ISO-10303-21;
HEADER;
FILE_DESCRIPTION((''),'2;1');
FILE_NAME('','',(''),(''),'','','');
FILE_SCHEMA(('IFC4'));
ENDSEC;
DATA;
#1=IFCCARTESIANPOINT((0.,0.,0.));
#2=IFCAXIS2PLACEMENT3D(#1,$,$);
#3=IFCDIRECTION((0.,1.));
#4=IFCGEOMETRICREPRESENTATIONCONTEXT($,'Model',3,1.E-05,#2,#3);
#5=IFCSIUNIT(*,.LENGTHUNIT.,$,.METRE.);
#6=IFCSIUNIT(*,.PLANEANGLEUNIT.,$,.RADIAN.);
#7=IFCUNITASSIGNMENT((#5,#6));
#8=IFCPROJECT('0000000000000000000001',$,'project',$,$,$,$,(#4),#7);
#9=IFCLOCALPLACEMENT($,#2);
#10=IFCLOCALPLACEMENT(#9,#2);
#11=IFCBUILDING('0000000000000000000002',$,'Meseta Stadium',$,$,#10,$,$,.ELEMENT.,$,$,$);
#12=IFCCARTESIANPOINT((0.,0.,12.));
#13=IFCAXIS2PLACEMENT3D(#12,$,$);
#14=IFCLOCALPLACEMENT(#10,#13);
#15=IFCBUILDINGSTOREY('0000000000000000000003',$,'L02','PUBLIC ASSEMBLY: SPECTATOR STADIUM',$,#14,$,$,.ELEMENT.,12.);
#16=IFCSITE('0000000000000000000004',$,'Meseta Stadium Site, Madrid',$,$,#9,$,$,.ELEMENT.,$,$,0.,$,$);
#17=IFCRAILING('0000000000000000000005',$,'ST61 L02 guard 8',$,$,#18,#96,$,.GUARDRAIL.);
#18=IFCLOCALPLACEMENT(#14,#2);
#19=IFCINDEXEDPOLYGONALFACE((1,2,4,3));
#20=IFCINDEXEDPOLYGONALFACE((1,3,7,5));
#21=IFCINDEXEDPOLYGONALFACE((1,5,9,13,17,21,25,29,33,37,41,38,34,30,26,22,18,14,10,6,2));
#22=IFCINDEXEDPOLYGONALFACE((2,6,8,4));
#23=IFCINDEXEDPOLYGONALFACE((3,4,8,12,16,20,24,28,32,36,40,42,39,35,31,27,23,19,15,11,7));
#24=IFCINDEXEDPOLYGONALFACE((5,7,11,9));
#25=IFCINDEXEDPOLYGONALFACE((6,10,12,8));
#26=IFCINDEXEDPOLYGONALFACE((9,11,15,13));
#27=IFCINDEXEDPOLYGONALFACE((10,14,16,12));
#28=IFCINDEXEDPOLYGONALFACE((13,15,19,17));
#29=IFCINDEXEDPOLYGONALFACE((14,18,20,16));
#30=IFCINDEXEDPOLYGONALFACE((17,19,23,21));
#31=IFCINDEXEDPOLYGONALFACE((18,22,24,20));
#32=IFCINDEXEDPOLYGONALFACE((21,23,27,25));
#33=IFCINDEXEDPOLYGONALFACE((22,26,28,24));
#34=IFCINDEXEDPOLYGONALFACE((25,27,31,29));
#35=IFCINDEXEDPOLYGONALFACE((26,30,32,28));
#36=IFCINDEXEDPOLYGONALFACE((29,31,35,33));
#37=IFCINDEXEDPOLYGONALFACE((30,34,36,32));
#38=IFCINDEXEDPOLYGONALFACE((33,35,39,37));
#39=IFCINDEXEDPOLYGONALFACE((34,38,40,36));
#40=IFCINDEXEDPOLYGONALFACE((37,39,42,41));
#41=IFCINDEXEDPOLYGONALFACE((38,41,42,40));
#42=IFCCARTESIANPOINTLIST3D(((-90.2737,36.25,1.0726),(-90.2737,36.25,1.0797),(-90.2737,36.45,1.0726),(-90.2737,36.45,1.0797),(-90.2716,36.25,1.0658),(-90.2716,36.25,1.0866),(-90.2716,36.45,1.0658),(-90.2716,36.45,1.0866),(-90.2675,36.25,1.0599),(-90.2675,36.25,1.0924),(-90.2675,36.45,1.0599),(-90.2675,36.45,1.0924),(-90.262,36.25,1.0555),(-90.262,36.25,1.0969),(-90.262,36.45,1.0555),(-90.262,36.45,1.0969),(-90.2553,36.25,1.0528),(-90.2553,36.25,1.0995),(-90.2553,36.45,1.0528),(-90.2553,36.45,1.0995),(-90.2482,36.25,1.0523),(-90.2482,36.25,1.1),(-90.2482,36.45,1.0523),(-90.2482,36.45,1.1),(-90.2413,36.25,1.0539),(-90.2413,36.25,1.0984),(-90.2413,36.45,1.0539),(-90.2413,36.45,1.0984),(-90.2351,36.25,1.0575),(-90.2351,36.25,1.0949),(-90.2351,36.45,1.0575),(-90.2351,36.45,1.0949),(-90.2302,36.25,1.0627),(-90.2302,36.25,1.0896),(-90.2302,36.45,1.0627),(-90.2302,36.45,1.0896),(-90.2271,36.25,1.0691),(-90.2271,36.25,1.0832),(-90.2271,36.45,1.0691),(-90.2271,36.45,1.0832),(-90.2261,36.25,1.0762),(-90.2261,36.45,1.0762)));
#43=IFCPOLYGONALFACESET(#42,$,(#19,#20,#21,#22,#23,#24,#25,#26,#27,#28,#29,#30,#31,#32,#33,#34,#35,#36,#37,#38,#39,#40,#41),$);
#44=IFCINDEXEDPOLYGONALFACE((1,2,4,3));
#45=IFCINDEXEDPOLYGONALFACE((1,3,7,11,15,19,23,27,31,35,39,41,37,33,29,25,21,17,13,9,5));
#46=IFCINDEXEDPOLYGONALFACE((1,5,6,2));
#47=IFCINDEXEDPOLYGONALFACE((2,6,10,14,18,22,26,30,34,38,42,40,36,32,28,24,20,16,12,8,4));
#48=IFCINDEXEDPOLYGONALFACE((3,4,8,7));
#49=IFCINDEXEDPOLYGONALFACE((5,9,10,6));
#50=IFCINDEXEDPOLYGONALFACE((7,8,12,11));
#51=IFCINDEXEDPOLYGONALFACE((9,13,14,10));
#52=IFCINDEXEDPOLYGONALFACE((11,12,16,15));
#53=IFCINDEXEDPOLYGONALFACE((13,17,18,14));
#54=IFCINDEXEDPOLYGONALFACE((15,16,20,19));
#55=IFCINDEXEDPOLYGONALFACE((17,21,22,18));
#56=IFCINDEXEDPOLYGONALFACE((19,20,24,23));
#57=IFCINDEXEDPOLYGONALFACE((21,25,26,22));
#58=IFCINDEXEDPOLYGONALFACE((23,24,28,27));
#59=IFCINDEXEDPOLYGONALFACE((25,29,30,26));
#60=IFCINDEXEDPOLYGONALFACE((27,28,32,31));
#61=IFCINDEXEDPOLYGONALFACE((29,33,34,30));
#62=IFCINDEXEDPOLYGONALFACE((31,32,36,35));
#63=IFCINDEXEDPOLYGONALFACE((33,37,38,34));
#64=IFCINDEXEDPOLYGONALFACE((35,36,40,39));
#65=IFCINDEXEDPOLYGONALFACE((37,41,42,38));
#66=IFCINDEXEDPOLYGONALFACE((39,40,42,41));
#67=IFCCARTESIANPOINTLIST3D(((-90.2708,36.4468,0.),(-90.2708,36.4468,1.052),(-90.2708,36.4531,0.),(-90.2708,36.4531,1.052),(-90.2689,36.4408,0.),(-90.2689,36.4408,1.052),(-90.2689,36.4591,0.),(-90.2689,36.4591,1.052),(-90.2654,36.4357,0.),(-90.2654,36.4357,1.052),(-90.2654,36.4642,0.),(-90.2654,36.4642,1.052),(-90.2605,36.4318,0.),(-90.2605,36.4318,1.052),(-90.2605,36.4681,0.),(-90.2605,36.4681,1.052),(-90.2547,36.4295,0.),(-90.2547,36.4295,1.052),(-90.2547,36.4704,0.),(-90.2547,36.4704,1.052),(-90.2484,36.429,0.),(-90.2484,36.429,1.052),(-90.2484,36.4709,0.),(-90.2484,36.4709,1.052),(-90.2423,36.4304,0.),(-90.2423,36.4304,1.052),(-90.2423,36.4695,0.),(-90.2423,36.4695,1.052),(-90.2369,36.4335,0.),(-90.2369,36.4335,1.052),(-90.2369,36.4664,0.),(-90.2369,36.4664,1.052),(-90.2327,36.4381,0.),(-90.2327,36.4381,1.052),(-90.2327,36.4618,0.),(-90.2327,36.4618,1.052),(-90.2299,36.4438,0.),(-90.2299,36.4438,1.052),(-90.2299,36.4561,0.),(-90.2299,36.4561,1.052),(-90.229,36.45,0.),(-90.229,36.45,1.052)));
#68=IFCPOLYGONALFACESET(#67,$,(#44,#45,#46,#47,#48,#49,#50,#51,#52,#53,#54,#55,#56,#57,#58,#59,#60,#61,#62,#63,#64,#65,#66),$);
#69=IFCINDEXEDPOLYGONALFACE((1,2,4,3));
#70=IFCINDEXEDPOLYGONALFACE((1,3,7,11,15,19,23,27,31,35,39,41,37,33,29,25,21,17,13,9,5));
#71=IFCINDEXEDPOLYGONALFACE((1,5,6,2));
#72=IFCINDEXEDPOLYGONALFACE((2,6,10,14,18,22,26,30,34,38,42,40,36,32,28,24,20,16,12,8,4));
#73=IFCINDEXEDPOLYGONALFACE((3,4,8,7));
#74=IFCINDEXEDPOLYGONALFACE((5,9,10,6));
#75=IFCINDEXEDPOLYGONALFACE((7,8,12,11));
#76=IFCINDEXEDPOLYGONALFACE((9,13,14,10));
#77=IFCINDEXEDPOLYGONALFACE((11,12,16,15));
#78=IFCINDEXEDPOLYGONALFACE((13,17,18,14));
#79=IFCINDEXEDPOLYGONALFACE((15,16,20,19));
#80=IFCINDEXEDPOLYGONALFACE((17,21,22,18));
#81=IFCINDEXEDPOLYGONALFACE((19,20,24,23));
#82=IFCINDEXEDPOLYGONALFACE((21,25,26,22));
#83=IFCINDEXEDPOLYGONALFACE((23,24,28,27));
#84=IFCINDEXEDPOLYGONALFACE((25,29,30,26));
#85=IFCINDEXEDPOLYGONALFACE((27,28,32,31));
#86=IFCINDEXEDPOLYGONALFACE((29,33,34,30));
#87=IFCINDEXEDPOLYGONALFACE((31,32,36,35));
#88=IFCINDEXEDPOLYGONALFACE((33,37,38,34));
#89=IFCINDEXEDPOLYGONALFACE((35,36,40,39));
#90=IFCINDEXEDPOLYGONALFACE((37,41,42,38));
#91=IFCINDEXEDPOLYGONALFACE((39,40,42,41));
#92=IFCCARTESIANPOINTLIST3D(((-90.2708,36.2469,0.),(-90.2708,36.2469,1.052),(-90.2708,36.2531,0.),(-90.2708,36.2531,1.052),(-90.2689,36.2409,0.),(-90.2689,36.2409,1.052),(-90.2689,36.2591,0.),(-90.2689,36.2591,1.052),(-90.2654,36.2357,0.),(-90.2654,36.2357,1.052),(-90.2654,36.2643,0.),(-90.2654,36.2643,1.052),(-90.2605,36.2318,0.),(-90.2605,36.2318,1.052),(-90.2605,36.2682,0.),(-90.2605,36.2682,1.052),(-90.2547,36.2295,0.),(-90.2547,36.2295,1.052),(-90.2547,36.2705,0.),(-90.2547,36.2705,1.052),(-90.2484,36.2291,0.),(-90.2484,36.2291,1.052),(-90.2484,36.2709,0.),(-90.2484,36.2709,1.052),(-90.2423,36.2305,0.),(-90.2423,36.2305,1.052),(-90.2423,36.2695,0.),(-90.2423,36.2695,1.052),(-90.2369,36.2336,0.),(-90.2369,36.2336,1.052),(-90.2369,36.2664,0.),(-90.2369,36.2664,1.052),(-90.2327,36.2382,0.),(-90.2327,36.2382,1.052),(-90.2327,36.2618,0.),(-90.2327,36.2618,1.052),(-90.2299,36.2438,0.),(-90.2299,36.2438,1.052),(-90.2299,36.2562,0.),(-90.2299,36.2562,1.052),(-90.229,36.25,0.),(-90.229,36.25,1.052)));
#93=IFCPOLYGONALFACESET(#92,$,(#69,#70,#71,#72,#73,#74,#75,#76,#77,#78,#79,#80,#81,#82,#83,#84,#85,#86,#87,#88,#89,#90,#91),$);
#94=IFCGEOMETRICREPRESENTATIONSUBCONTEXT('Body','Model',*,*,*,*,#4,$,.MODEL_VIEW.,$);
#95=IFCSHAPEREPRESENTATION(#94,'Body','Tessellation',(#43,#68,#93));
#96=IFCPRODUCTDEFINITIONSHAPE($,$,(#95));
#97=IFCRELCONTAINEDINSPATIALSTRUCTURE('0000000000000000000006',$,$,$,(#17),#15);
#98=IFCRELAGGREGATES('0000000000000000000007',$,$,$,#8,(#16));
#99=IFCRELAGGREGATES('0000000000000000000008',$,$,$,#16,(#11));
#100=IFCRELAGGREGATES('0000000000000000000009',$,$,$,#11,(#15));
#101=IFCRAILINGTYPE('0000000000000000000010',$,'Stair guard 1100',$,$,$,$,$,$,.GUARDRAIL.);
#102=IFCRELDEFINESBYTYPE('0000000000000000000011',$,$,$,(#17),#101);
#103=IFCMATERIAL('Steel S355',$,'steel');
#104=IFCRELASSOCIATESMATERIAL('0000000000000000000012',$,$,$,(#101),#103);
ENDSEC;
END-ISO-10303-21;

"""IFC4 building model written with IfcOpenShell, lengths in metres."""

from ifc_helpers import new_model, si_unit, direction, frame, origin, origin_2d, place, context, subcontext, project, spatial, circle, extrude, material, type_object, element, save


model = new_model("IFC4")

# Units and contexts
model_context = context("Model", 3, precision=1e-05, world=origin(), true_north=direction((0.0, 1.0)))
body_context = subcontext(model_context, "Body", "Model", "MODEL_VIEW")
ifc_project = project(units=[si_unit("LENGTHUNIT", "METRE"), si_unit("PLANEANGLEUNIT", "RADIAN")], contexts=[model_context])

# Site, building, storey
site_placement = place(None, origin())
site = spatial("IfcSite", under=ifc_project, at=site_placement, Name="Meseta Stadium Site, Madrid", CompositionType="ELEMENT", RefElevation=0.0)
building_placement = place(site_placement, origin())
building = spatial("IfcBuilding", under=site, at=building_placement, Name="Meseta Stadium", CompositionType="ELEMENT")
storey_placement = place(building_placement, frame((0.0, 0.0, 12.0)))
storey = spatial("IfcBuildingStorey", under=building, at=storey_placement, Name="L02", Description="PUBLIC ASSEMBLY: SPECTATOR STADIUM", CompositionType="ELEMENT", Elevation=12.0)

# Railing
ifc_material_1 = material(Name="Steel S355", Category="steel")
railing_type_1 = type_object("IfcRailingType", Name="Stair guard 1100", PredefinedType="GUARDRAIL", material=ifc_material_1)
railing_1_placement = place(storey_placement, frame((-90.25, 36.45, 0.0)))
element("IfcRailing", 1, at=railing_1_placement, inside=storey, type_object=railing_type_1, Name="ST61 L02 guard 8", PredefinedType="GUARDRAIL", context=body_context, shape_type="SweptSolid", body=[
    extrude(circle(Radius=0.0239, at=origin_2d()), frame((0.0, 0.0, 1.0762), z_axis=(0.0, -1.0, 0.0), x_axis=(1.0, 0.0, 0.0)), (0.0, 0.0, 1.0), 0.2),
    extrude(circle(Radius=0.021, at=origin_2d()), origin(), (0.0, 0.0, 1.0), 1.052),
    extrude(circle(Radius=0.021, at=origin_2d()), frame((0.0, -0.2, 0.0)), (0.0, 0.0, 1.0), 1.052),
])

save(model, "model.ifc")
